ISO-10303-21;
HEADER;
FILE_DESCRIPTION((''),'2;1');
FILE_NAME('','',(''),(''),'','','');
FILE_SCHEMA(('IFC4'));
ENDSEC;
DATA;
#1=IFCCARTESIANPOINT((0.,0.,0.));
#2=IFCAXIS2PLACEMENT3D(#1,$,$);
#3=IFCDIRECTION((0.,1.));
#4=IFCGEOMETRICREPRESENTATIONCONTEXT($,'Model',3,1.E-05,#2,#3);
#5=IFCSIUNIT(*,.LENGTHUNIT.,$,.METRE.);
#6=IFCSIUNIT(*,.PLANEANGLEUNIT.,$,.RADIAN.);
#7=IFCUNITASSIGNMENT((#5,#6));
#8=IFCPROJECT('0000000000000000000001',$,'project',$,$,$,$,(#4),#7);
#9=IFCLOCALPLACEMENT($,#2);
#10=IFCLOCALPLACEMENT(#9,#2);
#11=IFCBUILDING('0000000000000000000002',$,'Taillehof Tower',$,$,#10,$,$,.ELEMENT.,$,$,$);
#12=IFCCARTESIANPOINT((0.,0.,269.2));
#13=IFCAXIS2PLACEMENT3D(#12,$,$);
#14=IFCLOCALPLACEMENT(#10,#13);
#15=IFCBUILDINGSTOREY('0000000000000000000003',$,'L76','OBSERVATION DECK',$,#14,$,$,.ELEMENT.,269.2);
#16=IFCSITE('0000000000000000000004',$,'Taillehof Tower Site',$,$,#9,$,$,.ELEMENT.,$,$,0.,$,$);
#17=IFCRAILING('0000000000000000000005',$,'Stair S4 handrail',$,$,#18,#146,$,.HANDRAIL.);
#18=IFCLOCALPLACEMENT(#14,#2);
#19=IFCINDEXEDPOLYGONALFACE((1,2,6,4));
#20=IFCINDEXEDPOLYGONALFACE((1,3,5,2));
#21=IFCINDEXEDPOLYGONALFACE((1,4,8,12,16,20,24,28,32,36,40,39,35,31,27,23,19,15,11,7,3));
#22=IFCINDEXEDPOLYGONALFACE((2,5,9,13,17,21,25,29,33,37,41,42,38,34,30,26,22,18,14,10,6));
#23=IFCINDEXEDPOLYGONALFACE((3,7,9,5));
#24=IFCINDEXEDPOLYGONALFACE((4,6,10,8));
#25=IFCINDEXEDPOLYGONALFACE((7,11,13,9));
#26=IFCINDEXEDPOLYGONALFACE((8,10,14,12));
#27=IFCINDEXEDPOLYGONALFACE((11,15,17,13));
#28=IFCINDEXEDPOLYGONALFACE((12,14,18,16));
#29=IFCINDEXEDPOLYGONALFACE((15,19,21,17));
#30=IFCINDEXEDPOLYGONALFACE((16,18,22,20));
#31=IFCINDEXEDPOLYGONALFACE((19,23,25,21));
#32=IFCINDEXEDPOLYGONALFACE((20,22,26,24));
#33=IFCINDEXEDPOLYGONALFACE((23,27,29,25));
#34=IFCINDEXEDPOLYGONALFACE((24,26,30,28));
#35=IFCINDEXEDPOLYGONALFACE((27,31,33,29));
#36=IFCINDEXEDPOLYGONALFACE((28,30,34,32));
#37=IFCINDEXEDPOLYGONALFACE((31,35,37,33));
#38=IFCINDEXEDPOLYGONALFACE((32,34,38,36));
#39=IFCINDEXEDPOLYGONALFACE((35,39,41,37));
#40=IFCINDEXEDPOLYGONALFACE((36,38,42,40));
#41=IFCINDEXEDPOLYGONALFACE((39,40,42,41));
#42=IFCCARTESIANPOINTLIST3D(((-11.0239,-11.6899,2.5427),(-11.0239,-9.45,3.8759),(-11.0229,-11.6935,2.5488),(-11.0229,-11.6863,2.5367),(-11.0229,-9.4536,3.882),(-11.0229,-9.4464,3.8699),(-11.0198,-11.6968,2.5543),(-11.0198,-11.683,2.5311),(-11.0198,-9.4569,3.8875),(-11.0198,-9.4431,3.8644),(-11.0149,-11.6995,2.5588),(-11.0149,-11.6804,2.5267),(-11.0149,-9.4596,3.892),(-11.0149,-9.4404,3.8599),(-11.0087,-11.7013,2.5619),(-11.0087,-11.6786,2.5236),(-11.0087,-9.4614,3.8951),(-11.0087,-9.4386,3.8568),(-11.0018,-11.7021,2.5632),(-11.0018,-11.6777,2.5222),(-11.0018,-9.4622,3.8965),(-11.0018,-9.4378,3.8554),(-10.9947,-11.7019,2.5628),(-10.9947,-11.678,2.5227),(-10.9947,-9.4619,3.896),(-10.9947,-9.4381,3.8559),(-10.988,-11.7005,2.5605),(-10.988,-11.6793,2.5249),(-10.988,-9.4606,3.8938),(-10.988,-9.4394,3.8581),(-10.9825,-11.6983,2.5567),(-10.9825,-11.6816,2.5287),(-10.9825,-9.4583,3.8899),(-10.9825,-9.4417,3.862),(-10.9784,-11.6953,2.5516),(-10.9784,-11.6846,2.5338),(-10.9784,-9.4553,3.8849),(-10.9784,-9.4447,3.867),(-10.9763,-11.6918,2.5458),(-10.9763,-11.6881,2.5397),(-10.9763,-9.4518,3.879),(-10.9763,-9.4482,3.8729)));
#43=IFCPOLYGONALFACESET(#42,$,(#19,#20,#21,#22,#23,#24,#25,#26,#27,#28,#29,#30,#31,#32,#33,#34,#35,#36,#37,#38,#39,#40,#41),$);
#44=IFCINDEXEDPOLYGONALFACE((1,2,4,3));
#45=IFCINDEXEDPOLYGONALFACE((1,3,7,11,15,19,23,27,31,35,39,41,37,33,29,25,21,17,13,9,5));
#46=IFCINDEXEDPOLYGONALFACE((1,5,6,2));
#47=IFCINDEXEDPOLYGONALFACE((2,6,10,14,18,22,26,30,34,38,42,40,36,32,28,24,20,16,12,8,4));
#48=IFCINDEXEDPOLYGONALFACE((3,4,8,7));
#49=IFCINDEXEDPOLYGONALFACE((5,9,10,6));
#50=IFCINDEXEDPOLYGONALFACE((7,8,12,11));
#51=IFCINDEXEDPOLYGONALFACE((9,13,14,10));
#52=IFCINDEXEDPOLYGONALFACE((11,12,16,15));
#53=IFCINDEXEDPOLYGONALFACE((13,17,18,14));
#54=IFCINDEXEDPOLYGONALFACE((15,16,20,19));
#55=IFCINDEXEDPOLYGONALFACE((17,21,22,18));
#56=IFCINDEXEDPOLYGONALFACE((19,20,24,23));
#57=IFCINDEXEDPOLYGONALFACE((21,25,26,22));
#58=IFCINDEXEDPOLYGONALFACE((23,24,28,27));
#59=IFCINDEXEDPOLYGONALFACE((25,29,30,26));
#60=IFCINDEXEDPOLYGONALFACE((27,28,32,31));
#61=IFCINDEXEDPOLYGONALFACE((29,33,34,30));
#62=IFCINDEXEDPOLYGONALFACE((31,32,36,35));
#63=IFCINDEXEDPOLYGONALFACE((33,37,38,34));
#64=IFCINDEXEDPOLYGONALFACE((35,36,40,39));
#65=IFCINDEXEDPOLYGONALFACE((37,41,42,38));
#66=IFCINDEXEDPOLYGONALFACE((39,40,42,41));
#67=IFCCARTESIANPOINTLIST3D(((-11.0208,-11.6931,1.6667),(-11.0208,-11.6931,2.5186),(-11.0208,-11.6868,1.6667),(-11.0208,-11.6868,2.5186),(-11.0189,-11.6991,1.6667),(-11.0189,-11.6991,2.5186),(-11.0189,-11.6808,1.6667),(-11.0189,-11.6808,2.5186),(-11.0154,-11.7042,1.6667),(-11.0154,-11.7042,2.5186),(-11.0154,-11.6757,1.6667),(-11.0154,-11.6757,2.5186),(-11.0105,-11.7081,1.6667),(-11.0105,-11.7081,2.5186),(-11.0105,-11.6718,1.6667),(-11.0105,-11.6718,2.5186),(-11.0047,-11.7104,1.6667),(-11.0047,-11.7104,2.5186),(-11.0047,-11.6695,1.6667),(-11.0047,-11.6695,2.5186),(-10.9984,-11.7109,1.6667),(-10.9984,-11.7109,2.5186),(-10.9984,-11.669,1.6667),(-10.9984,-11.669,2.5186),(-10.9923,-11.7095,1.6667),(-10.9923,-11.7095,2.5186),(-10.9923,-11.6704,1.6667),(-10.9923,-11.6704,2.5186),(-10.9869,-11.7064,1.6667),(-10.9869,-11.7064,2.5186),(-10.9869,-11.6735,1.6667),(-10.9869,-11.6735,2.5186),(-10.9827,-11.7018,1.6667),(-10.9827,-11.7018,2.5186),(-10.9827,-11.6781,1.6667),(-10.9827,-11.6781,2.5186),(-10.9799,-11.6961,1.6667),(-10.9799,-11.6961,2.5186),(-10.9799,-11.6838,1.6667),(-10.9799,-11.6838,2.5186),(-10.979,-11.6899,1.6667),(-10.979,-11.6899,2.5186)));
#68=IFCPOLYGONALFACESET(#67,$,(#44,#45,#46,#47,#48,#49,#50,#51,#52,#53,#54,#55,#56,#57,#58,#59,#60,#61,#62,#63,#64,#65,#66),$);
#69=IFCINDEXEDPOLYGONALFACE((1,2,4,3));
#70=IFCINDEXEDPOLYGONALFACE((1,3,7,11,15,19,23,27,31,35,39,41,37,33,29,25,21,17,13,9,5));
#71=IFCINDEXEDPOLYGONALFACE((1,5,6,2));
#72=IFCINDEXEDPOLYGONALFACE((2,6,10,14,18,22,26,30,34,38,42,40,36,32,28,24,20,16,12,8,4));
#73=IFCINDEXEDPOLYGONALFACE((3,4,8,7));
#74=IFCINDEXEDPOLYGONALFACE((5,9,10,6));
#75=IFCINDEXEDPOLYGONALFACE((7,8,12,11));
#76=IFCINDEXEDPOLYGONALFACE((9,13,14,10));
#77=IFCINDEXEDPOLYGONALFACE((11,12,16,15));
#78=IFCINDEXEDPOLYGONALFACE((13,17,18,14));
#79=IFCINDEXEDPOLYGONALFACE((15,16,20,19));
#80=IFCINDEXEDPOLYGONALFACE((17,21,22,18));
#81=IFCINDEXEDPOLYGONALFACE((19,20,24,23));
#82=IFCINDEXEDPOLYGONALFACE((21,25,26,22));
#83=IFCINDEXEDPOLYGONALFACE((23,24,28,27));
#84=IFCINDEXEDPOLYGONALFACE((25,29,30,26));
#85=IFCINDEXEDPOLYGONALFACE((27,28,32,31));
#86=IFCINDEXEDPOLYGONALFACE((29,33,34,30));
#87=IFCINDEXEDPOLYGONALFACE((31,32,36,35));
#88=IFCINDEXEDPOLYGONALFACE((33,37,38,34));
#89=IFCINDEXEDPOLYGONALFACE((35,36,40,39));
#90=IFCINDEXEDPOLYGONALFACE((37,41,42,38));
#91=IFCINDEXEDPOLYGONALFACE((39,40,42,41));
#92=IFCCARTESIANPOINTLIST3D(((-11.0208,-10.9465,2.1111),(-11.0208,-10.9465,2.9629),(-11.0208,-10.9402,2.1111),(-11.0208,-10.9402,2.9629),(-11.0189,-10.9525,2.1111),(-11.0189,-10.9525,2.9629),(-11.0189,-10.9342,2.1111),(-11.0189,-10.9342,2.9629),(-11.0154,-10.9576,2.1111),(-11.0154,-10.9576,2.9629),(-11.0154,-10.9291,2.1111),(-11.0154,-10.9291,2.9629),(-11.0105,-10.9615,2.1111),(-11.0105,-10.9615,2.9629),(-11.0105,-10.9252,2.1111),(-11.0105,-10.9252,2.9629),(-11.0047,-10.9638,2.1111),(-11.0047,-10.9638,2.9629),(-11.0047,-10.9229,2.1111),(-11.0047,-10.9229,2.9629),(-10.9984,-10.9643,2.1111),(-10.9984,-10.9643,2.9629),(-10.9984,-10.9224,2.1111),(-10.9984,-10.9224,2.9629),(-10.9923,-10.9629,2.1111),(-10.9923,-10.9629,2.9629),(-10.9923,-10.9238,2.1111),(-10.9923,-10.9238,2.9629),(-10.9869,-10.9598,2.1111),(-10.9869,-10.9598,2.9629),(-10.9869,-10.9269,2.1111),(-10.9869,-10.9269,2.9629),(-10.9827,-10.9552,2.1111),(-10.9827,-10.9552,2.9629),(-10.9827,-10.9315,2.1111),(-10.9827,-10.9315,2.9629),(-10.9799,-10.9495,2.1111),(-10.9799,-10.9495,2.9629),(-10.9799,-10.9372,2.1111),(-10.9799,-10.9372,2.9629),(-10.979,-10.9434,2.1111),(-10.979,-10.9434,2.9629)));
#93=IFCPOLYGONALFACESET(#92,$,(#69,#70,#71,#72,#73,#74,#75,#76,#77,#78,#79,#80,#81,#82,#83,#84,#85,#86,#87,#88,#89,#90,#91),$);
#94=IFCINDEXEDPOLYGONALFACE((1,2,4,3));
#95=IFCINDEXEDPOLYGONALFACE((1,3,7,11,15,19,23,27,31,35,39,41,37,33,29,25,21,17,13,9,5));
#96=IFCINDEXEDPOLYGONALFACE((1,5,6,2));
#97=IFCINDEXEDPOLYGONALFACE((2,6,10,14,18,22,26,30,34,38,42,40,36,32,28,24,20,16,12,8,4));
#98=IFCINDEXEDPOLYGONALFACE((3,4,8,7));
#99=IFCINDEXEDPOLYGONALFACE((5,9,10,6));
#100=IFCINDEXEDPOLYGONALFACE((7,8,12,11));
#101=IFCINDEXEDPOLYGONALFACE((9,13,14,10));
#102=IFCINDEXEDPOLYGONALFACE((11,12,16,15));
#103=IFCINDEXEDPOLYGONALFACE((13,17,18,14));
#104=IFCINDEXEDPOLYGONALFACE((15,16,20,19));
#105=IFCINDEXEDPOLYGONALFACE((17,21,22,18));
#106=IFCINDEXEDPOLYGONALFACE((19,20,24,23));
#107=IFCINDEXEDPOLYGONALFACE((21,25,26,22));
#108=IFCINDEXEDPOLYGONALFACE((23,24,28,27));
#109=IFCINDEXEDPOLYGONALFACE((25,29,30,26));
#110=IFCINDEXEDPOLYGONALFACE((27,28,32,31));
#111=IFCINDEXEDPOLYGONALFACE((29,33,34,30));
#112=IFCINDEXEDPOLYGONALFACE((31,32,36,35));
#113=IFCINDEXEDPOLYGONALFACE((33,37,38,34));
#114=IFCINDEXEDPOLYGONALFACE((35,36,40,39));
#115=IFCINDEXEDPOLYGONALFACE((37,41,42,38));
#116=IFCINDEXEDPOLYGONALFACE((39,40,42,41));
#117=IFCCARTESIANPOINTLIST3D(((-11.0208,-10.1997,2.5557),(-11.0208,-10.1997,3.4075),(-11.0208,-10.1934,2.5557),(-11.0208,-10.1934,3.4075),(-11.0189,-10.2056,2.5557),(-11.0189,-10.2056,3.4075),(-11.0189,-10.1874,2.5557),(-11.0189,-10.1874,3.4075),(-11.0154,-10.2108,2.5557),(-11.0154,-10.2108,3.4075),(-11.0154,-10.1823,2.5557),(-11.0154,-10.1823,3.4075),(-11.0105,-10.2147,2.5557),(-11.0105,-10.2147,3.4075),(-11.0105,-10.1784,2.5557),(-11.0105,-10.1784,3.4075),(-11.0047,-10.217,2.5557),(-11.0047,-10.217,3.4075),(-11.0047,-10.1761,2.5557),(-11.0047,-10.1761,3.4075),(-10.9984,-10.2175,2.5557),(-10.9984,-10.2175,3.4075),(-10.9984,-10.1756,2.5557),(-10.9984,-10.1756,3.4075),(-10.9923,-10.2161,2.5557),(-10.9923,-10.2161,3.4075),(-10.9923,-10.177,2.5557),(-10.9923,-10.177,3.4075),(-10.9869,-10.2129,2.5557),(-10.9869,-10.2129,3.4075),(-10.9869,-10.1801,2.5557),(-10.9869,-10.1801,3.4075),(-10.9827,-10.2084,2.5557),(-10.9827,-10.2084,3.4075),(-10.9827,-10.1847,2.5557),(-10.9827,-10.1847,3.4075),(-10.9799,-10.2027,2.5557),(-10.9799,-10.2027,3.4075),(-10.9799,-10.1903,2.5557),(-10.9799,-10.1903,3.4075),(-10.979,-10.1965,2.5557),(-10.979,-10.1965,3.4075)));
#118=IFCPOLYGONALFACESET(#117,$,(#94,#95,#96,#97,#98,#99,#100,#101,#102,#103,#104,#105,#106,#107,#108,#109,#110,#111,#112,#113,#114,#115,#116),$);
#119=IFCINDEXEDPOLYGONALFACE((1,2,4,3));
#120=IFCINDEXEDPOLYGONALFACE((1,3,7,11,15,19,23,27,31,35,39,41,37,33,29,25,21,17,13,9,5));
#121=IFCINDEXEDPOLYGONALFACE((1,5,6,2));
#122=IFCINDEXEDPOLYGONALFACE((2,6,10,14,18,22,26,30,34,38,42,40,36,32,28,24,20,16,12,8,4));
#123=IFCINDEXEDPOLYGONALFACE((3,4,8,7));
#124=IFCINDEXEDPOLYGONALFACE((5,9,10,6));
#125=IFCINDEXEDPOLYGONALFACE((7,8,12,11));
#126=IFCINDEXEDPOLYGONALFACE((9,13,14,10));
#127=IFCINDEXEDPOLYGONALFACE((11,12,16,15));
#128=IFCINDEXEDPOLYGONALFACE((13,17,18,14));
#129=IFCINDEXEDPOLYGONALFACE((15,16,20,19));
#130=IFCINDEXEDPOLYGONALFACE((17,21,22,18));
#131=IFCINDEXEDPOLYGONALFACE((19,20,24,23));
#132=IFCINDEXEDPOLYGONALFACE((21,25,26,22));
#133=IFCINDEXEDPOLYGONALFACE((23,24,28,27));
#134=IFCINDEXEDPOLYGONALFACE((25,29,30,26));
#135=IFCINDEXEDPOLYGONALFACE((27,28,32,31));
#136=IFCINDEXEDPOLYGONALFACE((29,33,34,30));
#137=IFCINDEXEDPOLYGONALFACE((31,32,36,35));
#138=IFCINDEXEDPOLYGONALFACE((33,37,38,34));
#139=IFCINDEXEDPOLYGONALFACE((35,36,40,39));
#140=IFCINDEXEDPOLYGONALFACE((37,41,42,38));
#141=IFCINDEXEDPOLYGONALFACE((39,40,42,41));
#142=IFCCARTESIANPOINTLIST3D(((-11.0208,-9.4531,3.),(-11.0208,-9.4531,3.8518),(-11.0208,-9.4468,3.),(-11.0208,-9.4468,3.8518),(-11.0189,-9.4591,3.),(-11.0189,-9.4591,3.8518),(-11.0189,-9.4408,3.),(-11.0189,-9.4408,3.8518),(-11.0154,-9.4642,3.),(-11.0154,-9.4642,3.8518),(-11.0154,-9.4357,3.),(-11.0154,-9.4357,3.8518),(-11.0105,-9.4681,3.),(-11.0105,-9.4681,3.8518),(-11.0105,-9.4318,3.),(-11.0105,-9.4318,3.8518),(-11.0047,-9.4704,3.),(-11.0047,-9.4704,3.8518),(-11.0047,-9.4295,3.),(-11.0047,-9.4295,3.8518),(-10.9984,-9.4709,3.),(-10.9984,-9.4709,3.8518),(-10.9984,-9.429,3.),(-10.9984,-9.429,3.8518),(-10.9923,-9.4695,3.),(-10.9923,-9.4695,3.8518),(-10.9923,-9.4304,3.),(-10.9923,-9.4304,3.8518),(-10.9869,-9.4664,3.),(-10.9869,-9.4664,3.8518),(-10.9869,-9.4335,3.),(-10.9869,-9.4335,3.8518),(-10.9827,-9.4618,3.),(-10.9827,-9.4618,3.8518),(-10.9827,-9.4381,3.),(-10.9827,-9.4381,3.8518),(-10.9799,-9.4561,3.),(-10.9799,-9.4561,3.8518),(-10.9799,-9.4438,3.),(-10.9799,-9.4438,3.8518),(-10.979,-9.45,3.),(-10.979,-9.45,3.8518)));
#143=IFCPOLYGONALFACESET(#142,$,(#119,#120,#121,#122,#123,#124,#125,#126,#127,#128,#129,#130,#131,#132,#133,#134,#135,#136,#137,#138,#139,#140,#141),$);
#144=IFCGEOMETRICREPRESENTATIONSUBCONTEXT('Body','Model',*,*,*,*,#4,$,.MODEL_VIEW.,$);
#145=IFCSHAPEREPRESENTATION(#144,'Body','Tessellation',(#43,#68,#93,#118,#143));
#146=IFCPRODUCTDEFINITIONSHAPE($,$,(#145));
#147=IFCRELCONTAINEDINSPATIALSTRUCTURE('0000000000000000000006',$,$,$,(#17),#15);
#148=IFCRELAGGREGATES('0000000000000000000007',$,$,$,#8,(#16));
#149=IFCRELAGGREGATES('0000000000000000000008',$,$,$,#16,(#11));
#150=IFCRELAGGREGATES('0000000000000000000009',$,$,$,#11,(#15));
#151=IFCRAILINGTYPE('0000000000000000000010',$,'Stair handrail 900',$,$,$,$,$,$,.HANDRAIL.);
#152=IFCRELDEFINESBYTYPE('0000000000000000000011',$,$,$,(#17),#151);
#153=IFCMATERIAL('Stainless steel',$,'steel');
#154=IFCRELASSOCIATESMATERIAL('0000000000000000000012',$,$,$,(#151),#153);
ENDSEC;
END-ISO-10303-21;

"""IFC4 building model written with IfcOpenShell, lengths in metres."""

from ifc_helpers import new_model, si_unit, direction, frame, origin, origin_2d, place, context, subcontext, project, spatial, circle, extrude, material, type_object, element, save


model = new_model("IFC4")

# Units and contexts
model_context = context("Model", 3, precision=1e-05, world=origin(), true_north=direction((0.0, 1.0)))
body_context = subcontext(model_context, "Body", "Model", "MODEL_VIEW")
ifc_project = project(units=[si_unit("LENGTHUNIT", "METRE"), si_unit("PLANEANGLEUNIT", "RADIAN")], contexts=[model_context])

# Site, building, storey
site_placement = place(None, origin())
site = spatial("IfcSite", under=ifc_project, at=site_placement, Name="Taillehof Tower Site", CompositionType="ELEMENT", RefElevation=0.0)
building_placement = place(site_placement, origin())
building = spatial("IfcBuilding", under=site, at=building_placement, Name="Taillehof Tower", CompositionType="ELEMENT")
storey_placement = place(building_placement, frame((0.0, 0.0, 269.2)))
storey = spatial("IfcBuildingStorey", under=building, at=storey_placement, Name="L76", Description="OBSERVATION DECK", CompositionType="ELEMENT", Elevation=269.2)

# Railing
ifc_material_1 = material(Name="Stainless steel", Category="steel")
railing_type_1 = type_object("IfcRailingType", Name="Stair handrail 900", PredefinedType="HANDRAIL", material=ifc_material_1)
railing_1_placement = place(storey_placement, frame((-11.0, -11.6899, 1.6667)))
element("IfcRailing", 1, at=railing_1_placement, inside=storey, type_object=railing_type_1, Name="Stair S4 handrail", PredefinedType="HANDRAIL", context=body_context, shape_type="SweptSolid", body=[
    extrude(circle(Radius=0.0239, at=origin_2d()), frame((0.0, 0.0, 0.876), z_axis=(0.0, 0.859306, 0.511462), x_axis=(-1.0, 0.0, 0.0)), (0.0, 0.0, 1.0), 2.6067),
    extrude(circle(Radius=0.021, at=origin_2d()), origin(), (0.0, 0.0, 1.0), 0.8518),
    extrude(circle(Radius=0.021, at=origin_2d()), frame((0.0, 0.7466, 0.4443)), (0.0, 0.0, 1.0), 0.8518),
    extrude(circle(Radius=0.021, at=origin_2d()), frame((0.0, 1.4934, 0.8889)), (0.0, 0.0, 1.0), 0.8518),
    extrude(circle(Radius=0.021, at=origin_2d()), frame((0.0, 2.24, 1.3333)), (0.0, 0.0, 1.0), 0.8518),
])

save(model, "model.ifc")
